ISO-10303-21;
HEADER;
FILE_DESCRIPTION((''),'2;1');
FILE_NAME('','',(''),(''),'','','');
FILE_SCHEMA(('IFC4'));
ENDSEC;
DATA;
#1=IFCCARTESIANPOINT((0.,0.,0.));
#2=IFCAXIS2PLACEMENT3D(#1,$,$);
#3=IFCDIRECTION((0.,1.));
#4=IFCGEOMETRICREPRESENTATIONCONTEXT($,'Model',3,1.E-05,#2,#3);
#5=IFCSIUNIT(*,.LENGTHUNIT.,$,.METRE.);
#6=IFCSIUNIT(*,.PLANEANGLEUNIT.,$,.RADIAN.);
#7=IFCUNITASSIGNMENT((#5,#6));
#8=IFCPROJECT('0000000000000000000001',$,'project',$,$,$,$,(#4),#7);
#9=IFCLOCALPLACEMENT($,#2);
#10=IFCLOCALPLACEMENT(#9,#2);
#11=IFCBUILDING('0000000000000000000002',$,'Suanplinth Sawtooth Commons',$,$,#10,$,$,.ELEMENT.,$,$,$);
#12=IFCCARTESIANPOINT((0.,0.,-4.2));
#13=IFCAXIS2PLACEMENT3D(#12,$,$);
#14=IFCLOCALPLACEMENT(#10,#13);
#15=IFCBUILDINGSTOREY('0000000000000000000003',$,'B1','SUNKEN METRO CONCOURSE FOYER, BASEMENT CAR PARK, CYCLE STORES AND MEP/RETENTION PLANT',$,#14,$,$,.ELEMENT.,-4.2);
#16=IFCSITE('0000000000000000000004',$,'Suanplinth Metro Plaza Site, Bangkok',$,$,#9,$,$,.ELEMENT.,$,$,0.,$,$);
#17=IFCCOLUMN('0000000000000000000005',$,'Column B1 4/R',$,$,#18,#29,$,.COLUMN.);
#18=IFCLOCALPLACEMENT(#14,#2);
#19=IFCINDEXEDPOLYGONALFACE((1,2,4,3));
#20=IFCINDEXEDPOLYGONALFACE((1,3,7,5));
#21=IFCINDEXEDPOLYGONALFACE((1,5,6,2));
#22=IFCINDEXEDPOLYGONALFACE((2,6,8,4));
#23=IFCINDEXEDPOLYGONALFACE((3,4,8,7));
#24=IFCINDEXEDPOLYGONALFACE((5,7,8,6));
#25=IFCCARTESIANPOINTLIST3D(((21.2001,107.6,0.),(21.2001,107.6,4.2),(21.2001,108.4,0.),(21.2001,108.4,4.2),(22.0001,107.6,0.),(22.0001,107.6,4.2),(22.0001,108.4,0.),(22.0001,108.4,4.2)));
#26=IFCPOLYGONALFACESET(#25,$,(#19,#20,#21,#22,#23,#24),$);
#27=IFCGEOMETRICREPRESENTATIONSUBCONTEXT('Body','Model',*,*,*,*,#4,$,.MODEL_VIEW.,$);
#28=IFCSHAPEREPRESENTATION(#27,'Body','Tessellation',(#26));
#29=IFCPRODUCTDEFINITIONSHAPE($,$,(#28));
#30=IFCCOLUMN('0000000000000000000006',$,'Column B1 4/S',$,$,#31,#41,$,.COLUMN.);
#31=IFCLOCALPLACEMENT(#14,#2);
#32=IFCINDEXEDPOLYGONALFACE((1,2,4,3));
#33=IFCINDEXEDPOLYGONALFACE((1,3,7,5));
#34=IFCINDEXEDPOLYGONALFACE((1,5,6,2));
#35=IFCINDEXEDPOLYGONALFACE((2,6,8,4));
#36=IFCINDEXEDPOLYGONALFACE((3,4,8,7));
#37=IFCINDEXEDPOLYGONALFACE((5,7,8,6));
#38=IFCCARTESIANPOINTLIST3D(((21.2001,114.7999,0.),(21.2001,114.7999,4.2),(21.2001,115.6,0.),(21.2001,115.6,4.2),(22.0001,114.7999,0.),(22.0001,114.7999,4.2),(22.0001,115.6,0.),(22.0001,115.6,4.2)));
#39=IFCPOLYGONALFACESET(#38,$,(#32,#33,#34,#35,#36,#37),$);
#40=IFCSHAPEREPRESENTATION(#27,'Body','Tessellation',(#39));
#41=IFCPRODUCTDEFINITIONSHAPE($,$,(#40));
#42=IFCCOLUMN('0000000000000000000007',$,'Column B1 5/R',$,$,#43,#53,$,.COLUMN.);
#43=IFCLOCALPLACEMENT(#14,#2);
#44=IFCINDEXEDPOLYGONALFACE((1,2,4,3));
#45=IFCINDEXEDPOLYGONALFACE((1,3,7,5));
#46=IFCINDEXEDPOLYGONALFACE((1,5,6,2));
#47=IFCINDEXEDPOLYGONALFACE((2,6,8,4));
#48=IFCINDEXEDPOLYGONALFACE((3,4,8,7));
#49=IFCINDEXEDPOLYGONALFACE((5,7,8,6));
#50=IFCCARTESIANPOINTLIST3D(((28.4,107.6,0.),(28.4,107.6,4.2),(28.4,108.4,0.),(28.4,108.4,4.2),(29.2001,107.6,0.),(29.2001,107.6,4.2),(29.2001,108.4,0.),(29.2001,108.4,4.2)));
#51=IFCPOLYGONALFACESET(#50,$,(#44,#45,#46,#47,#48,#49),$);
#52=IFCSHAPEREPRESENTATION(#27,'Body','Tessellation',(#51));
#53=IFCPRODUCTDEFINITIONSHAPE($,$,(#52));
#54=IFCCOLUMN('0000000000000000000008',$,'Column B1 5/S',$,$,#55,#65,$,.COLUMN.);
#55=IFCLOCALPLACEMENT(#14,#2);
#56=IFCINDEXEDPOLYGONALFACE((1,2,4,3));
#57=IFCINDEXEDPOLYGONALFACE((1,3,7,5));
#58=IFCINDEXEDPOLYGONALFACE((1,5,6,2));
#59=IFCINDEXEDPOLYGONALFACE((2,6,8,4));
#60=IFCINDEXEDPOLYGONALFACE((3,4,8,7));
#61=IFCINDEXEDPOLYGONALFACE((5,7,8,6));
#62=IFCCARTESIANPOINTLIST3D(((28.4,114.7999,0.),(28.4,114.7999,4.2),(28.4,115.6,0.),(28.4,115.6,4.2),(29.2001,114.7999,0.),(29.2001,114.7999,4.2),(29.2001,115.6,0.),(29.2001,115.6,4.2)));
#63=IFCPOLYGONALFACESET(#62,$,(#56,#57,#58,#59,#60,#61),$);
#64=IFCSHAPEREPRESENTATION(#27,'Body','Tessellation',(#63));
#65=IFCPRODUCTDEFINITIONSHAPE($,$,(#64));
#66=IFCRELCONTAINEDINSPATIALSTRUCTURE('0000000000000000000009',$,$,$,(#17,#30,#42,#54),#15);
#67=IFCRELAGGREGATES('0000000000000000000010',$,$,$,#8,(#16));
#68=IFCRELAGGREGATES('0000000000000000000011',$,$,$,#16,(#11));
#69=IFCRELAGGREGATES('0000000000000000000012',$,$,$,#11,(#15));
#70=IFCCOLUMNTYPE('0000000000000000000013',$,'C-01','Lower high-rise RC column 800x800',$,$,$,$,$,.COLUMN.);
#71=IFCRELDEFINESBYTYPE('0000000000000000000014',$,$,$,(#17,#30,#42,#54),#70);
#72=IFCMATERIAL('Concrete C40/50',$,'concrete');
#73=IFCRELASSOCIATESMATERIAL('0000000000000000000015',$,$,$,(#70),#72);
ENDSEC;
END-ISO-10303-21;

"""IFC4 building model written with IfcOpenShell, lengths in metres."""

from ifc_helpers import new_model, si_unit, direction, frame, origin, origin_2d, place, context, subcontext, project, spatial, rectangle, extrude, material, material_profile, profile_set, type_object, element, save


model = new_model("IFC4")

# Units and contexts
model_context = context("Model", 3, precision=1e-05, world=origin(), true_north=direction((0.0, 1.0)))
body_context = subcontext(model_context, "Body", "Model", "MODEL_VIEW")
ifc_project = project(units=[si_unit("LENGTHUNIT", "METRE"), si_unit("PLANEANGLEUNIT", "RADIAN")], contexts=[model_context])

# Site, building, storey
site_placement = place(None, origin())
site = spatial("IfcSite", under=ifc_project, at=site_placement, Name="Suanplinth Metro Plaza Site, Bangkok", CompositionType="ELEMENT", RefElevation=0.0)
building_placement = place(site_placement, origin())
building = spatial("IfcBuilding", under=site, at=building_placement, Name="Suanplinth Sawtooth Commons", CompositionType="ELEMENT")
storey_placement = place(building_placement, frame((0.0, 0.0, -4.2)))
storey = spatial("IfcBuildingStorey", under=building, at=storey_placement, Name="B1", Description="SUNKEN METRO CONCOURSE FOYER, BASEMENT CAR PARK, CYCLE STORES AND MEP/RETENTION PLANT", CompositionType="ELEMENT", Elevation=-4.2)

# Columns
ifc_material_1 = material(Name="Concrete C40/50", Category="concrete")
ifc_material_profile_1 = material_profile(ifc_material_1, rectangle(XDim=0.8, YDim=0.8, at=origin_2d()), Name="RC-COL 800x800")
ifc_profile_set_1 = profile_set([ifc_material_profile_1], Name="Concrete C40/50")
column_type = type_object("IfcColumnType", Name="C-01", Description="Lower high-rise RC column 800x800", PredefinedType="COLUMN", material=ifc_profile_set_1)
for number, where, z_axis, x_axis, name in (
    (1, (21.6001, 108.0, 0.0), (0.0, 0.0, 1.0), (1.0, 0.0, 0.0), "Column B1 4/R"),
    (2, (21.6001, 115.2, 0.0), (0.0, 0.0, 1.0), (1.0, 0.0, 0.0), "Column B1 4/S"),
    (3, (28.8, 108.0, 0.0), (0.0, 0.0, 1.0), (1.0, 0.0, 0.0), "Column B1 5/R"),
    (4, (28.8, 115.2, 0.0), (0.0, 0.0, 1.0), (1.0, 0.0, 0.0), "Column B1 5/S"),
):
    element("IfcColumn", number, at=place(storey_placement, frame(where, z_axis=z_axis, x_axis=x_axis)), inside=storey, type_object=column_type, Name=name, PredefinedType="COLUMN", context=body_context, shape_type="SweptSolid", body=[
        extrude(rectangle(XDim=0.8, YDim=0.8, at=origin_2d()), origin(), (0.0, 0.0, 1.0), 4.2),
    ])

save(model, "model.ifc")
